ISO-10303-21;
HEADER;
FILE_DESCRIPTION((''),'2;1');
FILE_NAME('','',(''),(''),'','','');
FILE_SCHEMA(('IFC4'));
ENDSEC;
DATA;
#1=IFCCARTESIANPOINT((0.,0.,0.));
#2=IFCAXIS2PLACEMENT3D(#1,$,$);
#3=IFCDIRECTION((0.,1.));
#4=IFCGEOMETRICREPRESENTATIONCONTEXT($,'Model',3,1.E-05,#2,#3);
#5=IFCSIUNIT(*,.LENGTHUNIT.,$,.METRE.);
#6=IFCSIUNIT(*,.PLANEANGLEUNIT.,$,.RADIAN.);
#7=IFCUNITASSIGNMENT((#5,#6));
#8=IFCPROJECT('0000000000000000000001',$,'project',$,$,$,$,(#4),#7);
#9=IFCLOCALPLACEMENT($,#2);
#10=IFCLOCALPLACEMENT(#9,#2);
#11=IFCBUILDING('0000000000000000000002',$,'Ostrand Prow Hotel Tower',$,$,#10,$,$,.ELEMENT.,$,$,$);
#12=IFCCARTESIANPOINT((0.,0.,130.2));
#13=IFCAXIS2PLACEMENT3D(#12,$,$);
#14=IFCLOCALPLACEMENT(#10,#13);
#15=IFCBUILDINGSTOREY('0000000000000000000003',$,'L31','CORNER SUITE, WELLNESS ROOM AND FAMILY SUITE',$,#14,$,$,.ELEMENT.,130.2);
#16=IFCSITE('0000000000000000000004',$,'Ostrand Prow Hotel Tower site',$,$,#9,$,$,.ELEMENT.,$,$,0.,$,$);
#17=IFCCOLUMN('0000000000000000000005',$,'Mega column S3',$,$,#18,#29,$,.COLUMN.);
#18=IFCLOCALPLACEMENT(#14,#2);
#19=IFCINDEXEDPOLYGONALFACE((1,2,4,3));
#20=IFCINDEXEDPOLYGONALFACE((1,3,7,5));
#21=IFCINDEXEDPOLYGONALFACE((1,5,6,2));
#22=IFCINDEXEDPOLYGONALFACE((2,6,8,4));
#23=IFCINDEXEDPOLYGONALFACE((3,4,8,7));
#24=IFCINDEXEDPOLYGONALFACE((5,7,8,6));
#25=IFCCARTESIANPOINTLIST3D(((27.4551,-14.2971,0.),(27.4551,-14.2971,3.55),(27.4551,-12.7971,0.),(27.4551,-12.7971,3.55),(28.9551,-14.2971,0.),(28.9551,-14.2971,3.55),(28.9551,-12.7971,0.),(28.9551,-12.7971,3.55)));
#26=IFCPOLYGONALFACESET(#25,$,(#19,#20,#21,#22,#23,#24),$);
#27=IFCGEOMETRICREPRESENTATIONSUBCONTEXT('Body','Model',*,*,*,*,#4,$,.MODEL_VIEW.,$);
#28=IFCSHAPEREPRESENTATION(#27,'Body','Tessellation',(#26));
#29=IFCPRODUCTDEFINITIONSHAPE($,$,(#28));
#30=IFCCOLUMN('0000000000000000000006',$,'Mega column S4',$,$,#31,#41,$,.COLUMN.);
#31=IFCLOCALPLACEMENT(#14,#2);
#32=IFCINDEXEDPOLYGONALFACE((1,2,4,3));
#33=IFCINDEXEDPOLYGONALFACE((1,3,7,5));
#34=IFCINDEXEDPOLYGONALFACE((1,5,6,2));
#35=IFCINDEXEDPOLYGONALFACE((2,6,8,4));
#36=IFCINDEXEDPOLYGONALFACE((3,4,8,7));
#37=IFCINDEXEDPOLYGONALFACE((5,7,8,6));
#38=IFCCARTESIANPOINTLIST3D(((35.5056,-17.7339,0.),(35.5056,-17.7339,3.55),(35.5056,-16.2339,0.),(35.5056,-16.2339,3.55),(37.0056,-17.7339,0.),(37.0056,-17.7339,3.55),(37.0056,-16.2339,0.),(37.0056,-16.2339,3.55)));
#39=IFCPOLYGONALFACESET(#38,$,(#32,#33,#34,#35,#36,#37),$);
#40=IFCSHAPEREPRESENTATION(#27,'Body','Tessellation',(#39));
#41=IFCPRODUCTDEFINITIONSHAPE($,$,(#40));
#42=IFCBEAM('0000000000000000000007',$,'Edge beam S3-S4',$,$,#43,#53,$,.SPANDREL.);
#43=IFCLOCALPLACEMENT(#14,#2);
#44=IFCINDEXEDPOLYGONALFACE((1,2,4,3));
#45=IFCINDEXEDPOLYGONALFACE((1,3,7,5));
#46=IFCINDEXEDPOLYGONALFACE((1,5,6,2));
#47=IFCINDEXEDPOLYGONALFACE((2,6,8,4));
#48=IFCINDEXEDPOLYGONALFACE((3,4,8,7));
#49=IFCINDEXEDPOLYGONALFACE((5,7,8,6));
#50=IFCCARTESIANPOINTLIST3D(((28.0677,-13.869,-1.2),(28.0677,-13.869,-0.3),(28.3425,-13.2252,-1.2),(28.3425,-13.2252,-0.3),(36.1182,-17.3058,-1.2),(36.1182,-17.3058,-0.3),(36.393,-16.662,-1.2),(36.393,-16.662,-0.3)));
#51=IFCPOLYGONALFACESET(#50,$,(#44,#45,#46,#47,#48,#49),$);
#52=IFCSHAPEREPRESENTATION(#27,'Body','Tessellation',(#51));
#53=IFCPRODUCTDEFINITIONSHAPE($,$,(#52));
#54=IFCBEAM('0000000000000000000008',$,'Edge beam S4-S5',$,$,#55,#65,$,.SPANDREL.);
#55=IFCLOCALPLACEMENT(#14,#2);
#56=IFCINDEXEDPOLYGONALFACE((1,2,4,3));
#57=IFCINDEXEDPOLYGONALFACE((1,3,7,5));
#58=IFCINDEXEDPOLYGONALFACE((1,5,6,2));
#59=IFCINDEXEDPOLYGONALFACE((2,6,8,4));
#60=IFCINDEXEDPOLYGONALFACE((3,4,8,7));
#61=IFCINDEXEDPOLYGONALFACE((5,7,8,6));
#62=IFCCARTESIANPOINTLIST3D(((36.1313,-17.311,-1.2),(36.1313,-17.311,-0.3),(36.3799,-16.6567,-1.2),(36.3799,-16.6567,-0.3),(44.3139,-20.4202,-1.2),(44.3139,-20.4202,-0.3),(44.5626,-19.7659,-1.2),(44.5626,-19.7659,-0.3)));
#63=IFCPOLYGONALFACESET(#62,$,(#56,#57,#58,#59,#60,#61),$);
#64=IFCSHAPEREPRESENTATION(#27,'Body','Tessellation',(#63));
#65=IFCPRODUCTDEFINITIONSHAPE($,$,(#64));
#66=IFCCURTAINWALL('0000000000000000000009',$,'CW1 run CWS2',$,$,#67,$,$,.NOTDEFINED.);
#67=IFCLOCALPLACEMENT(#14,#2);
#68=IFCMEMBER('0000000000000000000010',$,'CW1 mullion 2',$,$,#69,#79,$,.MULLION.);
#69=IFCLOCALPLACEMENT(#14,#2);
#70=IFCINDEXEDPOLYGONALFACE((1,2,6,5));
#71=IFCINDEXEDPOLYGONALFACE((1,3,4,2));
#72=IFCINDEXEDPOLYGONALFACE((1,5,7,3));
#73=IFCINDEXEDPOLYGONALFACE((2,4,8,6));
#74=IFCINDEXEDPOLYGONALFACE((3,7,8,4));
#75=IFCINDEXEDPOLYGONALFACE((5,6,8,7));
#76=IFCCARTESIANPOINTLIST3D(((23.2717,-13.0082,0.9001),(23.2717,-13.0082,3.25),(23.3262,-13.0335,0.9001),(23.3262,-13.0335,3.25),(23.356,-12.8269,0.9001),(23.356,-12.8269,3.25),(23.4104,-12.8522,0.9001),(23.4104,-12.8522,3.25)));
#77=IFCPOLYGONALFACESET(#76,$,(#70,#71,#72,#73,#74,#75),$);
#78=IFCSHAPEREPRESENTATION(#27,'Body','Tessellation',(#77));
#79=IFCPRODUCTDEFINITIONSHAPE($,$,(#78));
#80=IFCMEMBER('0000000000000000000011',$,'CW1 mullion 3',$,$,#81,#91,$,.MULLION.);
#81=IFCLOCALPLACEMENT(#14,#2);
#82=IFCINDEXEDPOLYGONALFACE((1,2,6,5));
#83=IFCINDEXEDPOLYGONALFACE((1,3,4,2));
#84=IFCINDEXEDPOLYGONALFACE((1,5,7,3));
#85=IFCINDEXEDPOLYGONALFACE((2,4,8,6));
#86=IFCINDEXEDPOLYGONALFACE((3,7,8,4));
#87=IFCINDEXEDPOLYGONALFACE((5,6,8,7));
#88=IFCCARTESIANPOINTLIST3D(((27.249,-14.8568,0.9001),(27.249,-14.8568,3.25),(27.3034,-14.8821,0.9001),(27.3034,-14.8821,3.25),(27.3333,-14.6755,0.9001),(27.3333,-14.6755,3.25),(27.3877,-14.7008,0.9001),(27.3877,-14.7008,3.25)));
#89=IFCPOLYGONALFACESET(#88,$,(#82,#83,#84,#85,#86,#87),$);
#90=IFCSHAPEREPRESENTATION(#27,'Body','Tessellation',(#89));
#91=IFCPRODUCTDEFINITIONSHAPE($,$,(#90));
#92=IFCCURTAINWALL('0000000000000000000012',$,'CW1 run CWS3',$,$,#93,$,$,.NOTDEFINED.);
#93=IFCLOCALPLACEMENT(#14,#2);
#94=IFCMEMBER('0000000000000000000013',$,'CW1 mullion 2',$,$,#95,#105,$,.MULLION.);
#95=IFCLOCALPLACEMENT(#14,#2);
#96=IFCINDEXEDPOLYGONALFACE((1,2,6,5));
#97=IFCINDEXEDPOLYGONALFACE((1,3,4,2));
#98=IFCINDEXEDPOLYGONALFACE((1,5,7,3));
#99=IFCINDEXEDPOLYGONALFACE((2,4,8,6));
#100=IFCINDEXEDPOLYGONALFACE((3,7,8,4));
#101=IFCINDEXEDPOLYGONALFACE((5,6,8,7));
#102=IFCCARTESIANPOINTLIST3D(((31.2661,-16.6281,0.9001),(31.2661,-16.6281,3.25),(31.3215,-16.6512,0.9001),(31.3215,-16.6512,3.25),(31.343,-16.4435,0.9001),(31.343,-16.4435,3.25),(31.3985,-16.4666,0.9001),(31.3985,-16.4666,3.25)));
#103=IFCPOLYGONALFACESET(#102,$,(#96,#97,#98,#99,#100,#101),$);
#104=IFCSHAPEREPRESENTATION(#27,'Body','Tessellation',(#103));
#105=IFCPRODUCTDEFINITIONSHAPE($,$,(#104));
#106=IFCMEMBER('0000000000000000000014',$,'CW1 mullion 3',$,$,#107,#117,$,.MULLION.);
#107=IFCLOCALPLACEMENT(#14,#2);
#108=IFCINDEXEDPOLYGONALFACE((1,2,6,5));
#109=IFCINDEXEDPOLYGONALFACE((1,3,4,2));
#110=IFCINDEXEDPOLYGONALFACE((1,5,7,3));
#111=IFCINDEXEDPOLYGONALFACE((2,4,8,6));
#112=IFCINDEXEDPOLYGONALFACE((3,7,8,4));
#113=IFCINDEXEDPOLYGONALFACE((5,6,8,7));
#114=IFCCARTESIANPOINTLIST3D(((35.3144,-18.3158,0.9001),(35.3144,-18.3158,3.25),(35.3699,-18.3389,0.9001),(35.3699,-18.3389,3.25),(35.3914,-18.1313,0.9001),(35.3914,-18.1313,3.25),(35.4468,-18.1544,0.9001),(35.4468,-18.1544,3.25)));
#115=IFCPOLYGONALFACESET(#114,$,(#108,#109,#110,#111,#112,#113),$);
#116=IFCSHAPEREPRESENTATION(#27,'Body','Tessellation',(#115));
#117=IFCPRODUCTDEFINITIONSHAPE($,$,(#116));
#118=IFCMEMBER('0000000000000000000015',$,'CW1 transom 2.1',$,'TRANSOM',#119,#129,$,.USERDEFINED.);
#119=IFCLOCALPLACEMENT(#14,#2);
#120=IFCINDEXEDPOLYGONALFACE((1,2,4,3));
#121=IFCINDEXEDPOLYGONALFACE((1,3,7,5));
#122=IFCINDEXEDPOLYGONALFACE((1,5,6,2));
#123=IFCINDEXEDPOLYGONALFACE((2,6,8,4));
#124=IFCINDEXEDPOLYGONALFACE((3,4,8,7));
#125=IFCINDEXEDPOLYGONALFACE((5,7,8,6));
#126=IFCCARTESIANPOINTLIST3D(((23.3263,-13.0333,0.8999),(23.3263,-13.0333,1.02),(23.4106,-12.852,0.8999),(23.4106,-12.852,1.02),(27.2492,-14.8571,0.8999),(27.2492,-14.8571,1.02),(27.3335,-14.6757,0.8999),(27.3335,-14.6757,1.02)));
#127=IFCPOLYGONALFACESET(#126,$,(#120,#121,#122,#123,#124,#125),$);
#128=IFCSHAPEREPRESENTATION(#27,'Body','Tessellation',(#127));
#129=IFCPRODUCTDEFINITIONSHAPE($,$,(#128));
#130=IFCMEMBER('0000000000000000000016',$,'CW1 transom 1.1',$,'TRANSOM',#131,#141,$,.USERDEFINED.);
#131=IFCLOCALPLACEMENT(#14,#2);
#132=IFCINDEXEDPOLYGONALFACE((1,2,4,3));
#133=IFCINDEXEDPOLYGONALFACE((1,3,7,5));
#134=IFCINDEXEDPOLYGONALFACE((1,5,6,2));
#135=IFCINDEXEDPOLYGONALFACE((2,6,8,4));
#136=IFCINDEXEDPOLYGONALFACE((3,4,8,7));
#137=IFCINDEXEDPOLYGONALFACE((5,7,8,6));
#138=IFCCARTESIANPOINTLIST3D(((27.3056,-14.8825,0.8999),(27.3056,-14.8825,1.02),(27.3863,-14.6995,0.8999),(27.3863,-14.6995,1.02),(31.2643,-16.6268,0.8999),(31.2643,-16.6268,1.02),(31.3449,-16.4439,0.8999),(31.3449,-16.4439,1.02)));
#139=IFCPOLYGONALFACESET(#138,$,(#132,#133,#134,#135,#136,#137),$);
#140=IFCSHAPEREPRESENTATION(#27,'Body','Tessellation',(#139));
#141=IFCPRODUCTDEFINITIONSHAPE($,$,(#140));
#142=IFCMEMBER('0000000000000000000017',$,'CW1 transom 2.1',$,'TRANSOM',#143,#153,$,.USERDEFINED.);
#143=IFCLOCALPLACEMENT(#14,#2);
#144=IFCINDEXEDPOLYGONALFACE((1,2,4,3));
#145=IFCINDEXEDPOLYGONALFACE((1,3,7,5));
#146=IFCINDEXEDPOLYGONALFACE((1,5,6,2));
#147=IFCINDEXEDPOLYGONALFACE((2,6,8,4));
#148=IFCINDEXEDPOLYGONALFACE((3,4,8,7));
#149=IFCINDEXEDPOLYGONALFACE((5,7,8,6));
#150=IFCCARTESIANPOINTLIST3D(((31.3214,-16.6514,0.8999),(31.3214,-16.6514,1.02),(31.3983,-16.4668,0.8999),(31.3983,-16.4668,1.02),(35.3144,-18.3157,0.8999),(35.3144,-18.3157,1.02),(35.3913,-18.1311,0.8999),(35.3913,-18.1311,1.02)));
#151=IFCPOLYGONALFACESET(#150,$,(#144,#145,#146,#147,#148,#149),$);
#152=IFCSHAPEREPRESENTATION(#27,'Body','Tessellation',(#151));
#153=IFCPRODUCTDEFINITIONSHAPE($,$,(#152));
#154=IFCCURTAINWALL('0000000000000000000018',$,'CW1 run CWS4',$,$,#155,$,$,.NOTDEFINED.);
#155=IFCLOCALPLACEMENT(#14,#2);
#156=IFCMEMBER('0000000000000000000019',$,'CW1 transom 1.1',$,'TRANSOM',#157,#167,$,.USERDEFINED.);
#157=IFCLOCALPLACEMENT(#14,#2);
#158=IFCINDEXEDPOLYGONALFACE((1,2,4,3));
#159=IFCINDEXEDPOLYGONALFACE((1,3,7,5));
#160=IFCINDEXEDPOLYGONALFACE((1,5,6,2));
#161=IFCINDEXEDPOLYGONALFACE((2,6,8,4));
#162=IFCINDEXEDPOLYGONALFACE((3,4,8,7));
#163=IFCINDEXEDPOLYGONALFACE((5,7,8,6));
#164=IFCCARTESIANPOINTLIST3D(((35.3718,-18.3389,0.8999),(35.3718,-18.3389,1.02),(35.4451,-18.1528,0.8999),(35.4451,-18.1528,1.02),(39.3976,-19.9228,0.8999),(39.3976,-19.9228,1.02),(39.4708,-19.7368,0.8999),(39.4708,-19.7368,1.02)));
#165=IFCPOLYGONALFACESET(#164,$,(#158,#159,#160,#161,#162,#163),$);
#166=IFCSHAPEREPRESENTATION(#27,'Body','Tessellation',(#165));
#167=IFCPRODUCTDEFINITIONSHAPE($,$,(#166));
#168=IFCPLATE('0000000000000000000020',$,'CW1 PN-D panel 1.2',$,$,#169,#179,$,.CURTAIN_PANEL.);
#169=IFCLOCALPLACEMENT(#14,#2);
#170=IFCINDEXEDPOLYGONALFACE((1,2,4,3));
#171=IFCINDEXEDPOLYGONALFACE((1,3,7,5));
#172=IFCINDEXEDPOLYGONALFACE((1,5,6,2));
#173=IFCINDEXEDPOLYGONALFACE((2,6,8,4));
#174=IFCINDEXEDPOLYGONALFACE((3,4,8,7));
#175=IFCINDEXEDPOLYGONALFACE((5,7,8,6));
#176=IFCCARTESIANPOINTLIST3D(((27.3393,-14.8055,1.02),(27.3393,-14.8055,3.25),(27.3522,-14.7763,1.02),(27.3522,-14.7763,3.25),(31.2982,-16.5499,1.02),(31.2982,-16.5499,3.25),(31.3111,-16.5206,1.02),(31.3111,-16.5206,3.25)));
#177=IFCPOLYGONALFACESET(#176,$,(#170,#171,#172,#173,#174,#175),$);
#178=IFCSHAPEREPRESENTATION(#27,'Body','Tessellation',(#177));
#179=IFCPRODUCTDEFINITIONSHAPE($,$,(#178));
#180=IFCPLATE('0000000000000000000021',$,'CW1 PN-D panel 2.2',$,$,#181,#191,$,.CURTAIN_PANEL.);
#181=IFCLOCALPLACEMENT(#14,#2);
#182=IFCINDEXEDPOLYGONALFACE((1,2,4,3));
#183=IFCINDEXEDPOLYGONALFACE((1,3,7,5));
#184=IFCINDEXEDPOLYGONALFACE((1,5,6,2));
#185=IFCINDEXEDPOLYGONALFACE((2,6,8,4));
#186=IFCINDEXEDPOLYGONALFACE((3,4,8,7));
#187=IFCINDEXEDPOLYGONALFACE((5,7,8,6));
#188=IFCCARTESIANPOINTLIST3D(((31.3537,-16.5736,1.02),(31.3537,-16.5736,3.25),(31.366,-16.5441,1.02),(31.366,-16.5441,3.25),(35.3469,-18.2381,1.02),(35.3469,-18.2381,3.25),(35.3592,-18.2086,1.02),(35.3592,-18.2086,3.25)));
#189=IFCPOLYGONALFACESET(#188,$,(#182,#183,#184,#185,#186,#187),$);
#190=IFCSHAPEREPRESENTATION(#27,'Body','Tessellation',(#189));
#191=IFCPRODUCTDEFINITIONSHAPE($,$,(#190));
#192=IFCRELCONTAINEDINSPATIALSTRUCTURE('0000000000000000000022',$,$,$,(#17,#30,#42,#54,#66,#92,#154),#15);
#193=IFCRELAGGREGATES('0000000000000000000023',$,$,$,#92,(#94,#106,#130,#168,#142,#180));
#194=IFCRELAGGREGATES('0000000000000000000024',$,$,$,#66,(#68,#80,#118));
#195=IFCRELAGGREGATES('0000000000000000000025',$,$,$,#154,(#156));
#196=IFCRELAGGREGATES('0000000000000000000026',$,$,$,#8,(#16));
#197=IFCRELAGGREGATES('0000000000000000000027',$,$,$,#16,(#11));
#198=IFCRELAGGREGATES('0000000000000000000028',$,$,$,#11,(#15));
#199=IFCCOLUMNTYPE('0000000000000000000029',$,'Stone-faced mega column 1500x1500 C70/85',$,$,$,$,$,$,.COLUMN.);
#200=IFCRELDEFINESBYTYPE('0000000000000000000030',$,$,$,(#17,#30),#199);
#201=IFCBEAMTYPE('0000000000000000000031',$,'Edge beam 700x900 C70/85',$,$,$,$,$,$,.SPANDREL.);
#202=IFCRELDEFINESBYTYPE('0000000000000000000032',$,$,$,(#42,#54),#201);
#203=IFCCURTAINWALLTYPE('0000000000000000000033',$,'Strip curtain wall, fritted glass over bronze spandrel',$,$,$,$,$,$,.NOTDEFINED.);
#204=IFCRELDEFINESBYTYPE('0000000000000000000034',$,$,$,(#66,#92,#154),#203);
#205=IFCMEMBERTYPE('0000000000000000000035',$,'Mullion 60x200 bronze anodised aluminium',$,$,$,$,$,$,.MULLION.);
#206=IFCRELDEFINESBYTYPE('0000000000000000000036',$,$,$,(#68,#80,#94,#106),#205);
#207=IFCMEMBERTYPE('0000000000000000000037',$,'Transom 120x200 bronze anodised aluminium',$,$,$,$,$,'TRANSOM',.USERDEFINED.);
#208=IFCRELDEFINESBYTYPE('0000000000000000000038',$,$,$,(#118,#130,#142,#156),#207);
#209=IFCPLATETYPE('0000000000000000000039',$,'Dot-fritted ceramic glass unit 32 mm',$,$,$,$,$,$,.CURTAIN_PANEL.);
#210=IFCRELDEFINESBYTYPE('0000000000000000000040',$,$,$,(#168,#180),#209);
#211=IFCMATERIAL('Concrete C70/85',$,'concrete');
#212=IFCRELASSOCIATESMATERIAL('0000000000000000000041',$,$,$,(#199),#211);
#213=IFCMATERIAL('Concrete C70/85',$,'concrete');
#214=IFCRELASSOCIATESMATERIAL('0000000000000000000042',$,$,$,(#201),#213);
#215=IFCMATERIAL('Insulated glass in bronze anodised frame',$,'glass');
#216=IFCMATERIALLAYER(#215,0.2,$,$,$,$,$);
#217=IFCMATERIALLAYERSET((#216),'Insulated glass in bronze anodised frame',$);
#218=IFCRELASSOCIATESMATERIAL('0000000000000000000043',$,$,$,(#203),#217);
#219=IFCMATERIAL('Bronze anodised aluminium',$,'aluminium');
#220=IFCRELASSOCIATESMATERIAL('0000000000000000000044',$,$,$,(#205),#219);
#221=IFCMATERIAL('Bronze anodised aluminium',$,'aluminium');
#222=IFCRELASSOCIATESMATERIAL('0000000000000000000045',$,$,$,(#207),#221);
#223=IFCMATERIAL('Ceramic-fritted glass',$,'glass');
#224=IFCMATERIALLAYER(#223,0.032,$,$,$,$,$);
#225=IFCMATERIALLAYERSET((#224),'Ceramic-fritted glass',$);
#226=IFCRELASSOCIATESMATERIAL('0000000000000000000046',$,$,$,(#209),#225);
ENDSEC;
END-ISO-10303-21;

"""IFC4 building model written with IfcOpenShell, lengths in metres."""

from ifc_helpers import new_model, si_unit, direction, frame, origin, origin_2d, place, context, subcontext, project, spatial, rectangle, extrude, material, layer, layer_set, material_profile, profile_set, type_object, element, aggregate, save


model = new_model("IFC4")

# Units and contexts
model_context = context("Model", 3, precision=1e-05, world=origin(), true_north=direction((0.0, 1.0)))
body_context = subcontext(model_context, "Body", "Model", "MODEL_VIEW")
ifc_project = project(units=[si_unit("LENGTHUNIT", "METRE"), si_unit("PLANEANGLEUNIT", "RADIAN")], contexts=[model_context])

# Site, building, storey
site_placement = place(None, origin())
site = spatial("IfcSite", under=ifc_project, at=site_placement, Name="Ostrand Prow Hotel Tower site", CompositionType="ELEMENT", RefElevation=0.0)
building_placement = place(site_placement, origin())
building = spatial("IfcBuilding", under=site, at=building_placement, Name="Ostrand Prow Hotel Tower", CompositionType="ELEMENT")
storey_placement = place(building_placement, frame((0.0, 0.0, 130.2)))
storey = spatial("IfcBuildingStorey", under=building, at=storey_placement, Name="L31", Description="CORNER SUITE, WELLNESS ROOM AND FAMILY SUITE", CompositionType="ELEMENT", Elevation=130.2)

# Columns
ifc_material_1 = material(Name="Concrete C70/85", Category="concrete")
ifc_material_profile_1 = material_profile(ifc_material_1, rectangle(XDim=1.5, YDim=1.5, at=origin_2d()), Name="RC 1500x1500")
ifc_profile_set_1 = profile_set([ifc_material_profile_1], Name="Concrete C70/85")
column_type = type_object("IfcColumnType", Name="Stone-faced mega column 1500x1500 C70/85", PredefinedType="COLUMN", material=ifc_profile_set_1)
for number, where, z_axis, x_axis, name in (
    (1, (28.2051, -13.5471, 0.0), (0.0, 0.0, 1.0), (1.0, 0.0, 0.0), "Mega column S3"),
    (2, (36.2556, -16.9839, 0.0), (0.0, 0.0, 1.0), (1.0, 0.0, 0.0), "Mega column S4"),
):
    element("IfcColumn", number, at=place(storey_placement, frame(where, z_axis=z_axis, x_axis=x_axis)), inside=storey, type_object=column_type, Name=name, PredefinedType="COLUMN", context=body_context, shape_type="SweptSolid", body=[
        extrude(rectangle(XDim=1.5, YDim=1.5, at=origin_2d()), origin(), (0.0, 0.0, 1.0), 3.55),
    ])

# Beams
ifc_material_2 = material(Name="Concrete C70/85", Category="concrete")
ifc_material_profile_2 = material_profile(ifc_material_2, rectangle(XDim=0.7, YDim=0.8999, at=origin_2d()), Name="RC 700x900")
ifc_profile_set_2 = profile_set([ifc_material_profile_2], Name="Concrete C70/85")
beam_type = type_object("IfcBeamType", Name="Edge beam 700x900 C70/85", PredefinedType="SPANDREL", material=ifc_profile_set_2)
for number, where, z_axis, x_axis, name in (
    (3, (28.2051, -13.5471, -0.75), (0.919701, -0.39262, 0.0), (0.39262, 0.919701, 0.0), "Edge beam S3-S4"),
    (4, (36.2556, -16.9839, -0.75), (0.934794, -0.355191, 0.0), (0.355191, 0.934794, 0.0), "Edge beam S4-S5"),
):
    element("IfcBeam", number, at=place(storey_placement, frame(where, z_axis=z_axis, x_axis=x_axis)), inside=storey, type_object=beam_type, Name=name, PredefinedType="SPANDREL", context=body_context, shape_type="SweptSolid", body=[
        extrude(rectangle(XDim=0.7, YDim=0.8999, at=origin_2d()), origin(), (0.0, 0.0, 1.0), 8.7534),
    ])

# Curtain walls, members
ifc_material_3 = material(Name="Insulated glass in bronze anodised frame", Category="glass")
ifc_layer_1 = layer(ifc_material_3, 0.2)
ifc_layer_set_1 = layer_set([ifc_layer_1], Name="Insulated glass in bronze anodised frame")
curtain_wall_type = type_object("IfcCurtainWallType", Name="Strip curtain wall, fritted glass over bronze spandrel", PredefinedType="NOTDEFINED", material=ifc_layer_set_1)
curtain_wall_1_placement = place(storey_placement, origin())
curtain_wall_1 = element("IfcCurtainWall", 5, at=curtain_wall_1_placement, inside=storey, type_object=curtain_wall_type, Name="CW1 run CWS2", PredefinedType="NOTDEFINED")
ifc_material_4 = material(Name="Bronze anodised aluminium", Category="aluminium")
ifc_material_profile_3 = material_profile(ifc_material_4, rectangle(XDim=0.2, YDim=0.0601, at=origin_2d()), Name="Mullion 60x200 bronze anodised aluminium")
ifc_profile_set_3 = profile_set([ifc_material_profile_3], Name="Bronze anodised aluminium")
member_type_1 = type_object("IfcMemberType", Name="Mullion 60x200 bronze anodised aluminium", PredefinedType="MULLION", material=ifc_profile_set_3)
member_1_placement = place(storey_placement, frame((23.3411, -12.9302, 0.9001), z_axis=(0.0, 0.0, 1.0), x_axis=(0.421522, 0.906818, 0.0)))
member_1 = element("IfcMember", 6, at=member_1_placement, type_object=member_type_1, Name="CW1 mullion 2", PredefinedType="MULLION", context=body_context, shape_type="SweptSolid", body=[
    extrude(rectangle(XDim=0.2, YDim=0.0601, at=origin_2d()), origin(), (0.0, 0.0, 1.0), 2.3499),
])
member_2_placement = place(storey_placement, frame((27.3184, -14.7788, 0.9001), z_axis=(0.0, 0.0, 1.0), x_axis=(0.421522, 0.906818, 0.0)))
member_2 = element("IfcMember", 7, at=member_2_placement, type_object=member_type_1, Name="CW1 mullion 3", PredefinedType="MULLION", context=body_context, shape_type="SweptSolid", body=[
    extrude(rectangle(XDim=0.2, YDim=0.0601, at=origin_2d()), origin(), (0.0, 0.0, 1.0), 2.3499),
])
curtain_wall_2_placement = place(storey_placement, origin())
curtain_wall_2 = element("IfcCurtainWall", 8, at=curtain_wall_2_placement, inside=storey, type_object=curtain_wall_type, Name="CW1 run CWS3", PredefinedType="NOTDEFINED")
member_3_placement = place(storey_placement, frame((31.3323, -16.5474, 0.9001), z_axis=(0.0, 0.0, 1.0), x_axis=(0.384743, 0.923024, 0.0)))
member_3 = element("IfcMember", 9, at=member_3_placement, type_object=member_type_1, Name="CW1 mullion 2", PredefinedType="MULLION", context=body_context, shape_type="SweptSolid", body=[
    extrude(rectangle(XDim=0.2, YDim=0.0601, at=origin_2d()), origin(), (0.0, 0.0, 1.0), 2.3499),
])
member_4_placement = place(storey_placement, frame((35.3806, -18.2351, 0.9001), z_axis=(0.0, 0.0, 1.0), x_axis=(0.384743, 0.923024, 0.0)))
member_4 = element("IfcMember", 10, at=member_4_placement, type_object=member_type_1, Name="CW1 mullion 3", PredefinedType="MULLION", context=body_context, shape_type="SweptSolid", body=[
    extrude(rectangle(XDim=0.2, YDim=0.0601, at=origin_2d()), origin(), (0.0, 0.0, 1.0), 2.3499),
])

# Members
ifc_material_5 = material(Name="Bronze anodised aluminium", Category="aluminium")
ifc_material_profile_4 = material_profile(ifc_material_5, rectangle(XDim=0.2, YDim=0.1201, at=origin_2d()), Name="Transom 120x200 bronze anodised aluminium")
ifc_profile_set_4 = profile_set([ifc_material_profile_4], Name="Bronze anodised aluminium")
member_type_2 = type_object("IfcMemberType", Name="Transom 120x200 bronze anodised aluminium", ElementType="TRANSOM", PredefinedType="USERDEFINED", material=ifc_profile_set_4)
member_5_placement = place(storey_placement, frame((23.3684, -12.9426, 0.96), z_axis=(0.906796, -0.421569, 0.0), x_axis=(0.421569, 0.906796, 0.0)))
member_5 = element("IfcMember", 11, at=member_5_placement, type_object=member_type_2, Name="CW1 transom 2.1", ObjectType="TRANSOM", PredefinedType="USERDEFINED", context=body_context, shape_type="SweptSolid", body=[
    extrude(rectangle(XDim=0.2, YDim=0.1201, at=origin_2d()), origin(), (0.0, 0.0, 1.0), 4.3262),
])
member_6_placement = place(storey_placement, frame((27.3459, -14.791, 0.96), z_axis=(0.915099, -0.40323, 0.0), x_axis=(0.40323, 0.915099, 0.0)))
member_6 = element("IfcMember", 12, at=member_6_placement, type_object=member_type_2, Name="CW1 transom 1.1", ObjectType="TRANSOM", PredefinedType="USERDEFINED", context=body_context, shape_type="SweptSolid", body=[
    extrude(rectangle(XDim=0.2, YDim=0.1201, at=origin_2d()), origin(), (0.0, 0.0, 1.0), 4.3259),
])
member_7_placement = place(storey_placement, frame((31.3599, -16.5591, 0.96), z_axis=(0.923028, -0.384732, 0.0), x_axis=(0.384732, 0.923028, 0.0)))
member_7 = element("IfcMember", 13, at=member_7_placement, type_object=member_type_2, Name="CW1 transom 2.1", ObjectType="TRANSOM", PredefinedType="USERDEFINED", context=body_context, shape_type="SweptSolid", body=[
    extrude(rectangle(XDim=0.2, YDim=0.1201, at=origin_2d()), origin(), (0.0, 0.0, 1.0), 4.3259),
])

# Curtain wall, member
curtain_wall_3_placement = place(storey_placement, origin())
curtain_wall_3 = element("IfcCurtainWall", 14, at=curtain_wall_3_placement, inside=storey, type_object=curtain_wall_type, Name="CW1 run CWS4", PredefinedType="NOTDEFINED")
member_8_placement = place(storey_placement, frame((35.4084, -18.2458, 0.96), z_axis=(0.930563, -0.366131, 0.0), x_axis=(0.366131, 0.930563, 0.0)))
member_8 = element("IfcMember", 15, at=member_8_placement, type_object=member_type_2, Name="CW1 transom 1.1", ObjectType="TRANSOM", PredefinedType="USERDEFINED", context=body_context, shape_type="SweptSolid", body=[
    extrude(rectangle(XDim=0.2, YDim=0.1201, at=origin_2d()), origin(), (0.0, 0.0, 1.0), 4.3262),
])

# Plates
ifc_material_6 = material(Name="Ceramic-fritted glass", Category="glass")
ifc_layer_2 = layer(ifc_material_6, 0.032)
ifc_layer_set_2 = layer_set([ifc_layer_2], Name="Ceramic-fritted glass")
plate_type_1 = type_object("IfcPlateType", Name="Dot-fritted ceramic glass unit 32 mm", PredefinedType="CURTAIN_PANEL", material=ifc_layer_set_2)
plate_1_placement = place(storey_placement, frame((29.3252, -15.6631, 1.02), z_axis=(0.0, 0.0, 1.0), x_axis=(0.915106, -0.403213, 0.0)))
plate_1 = element("IfcPlate", 16, at=plate_1_placement, type_object=plate_type_1, Name="CW1 PN-D panel 1.2", PredefinedType="CURTAIN_PANEL", context=body_context, shape_type="SweptSolid", body=[
    extrude(rectangle(XDim=4.3262, YDim=0.032, at=origin_2d()), origin(), (0.0, 0.0, 1.0), 2.23),
])
plate_2_placement = place(storey_placement, frame((33.3564, -17.3911, 1.02), z_axis=(0.0, 0.0, 1.0), x_axis=(0.923024, -0.384743, 0.0)))
plate_2 = element("IfcPlate", 17, at=plate_2_placement, type_object=plate_type_1, Name="CW1 PN-D panel 2.2", PredefinedType="CURTAIN_PANEL", context=body_context, shape_type="SweptSolid", body=[
    extrude(rectangle(XDim=4.3262, YDim=0.032, at=origin_2d()), origin(), (0.0, 0.0, 1.0), 2.23),
])
aggregate(curtain_wall_2, [member_3, member_4, member_6, plate_1, member_7, plate_2])
aggregate(curtain_wall_1, [member_1, member_2, member_5])
aggregate(curtain_wall_3, [member_8])

save(model, "model.ifc")
